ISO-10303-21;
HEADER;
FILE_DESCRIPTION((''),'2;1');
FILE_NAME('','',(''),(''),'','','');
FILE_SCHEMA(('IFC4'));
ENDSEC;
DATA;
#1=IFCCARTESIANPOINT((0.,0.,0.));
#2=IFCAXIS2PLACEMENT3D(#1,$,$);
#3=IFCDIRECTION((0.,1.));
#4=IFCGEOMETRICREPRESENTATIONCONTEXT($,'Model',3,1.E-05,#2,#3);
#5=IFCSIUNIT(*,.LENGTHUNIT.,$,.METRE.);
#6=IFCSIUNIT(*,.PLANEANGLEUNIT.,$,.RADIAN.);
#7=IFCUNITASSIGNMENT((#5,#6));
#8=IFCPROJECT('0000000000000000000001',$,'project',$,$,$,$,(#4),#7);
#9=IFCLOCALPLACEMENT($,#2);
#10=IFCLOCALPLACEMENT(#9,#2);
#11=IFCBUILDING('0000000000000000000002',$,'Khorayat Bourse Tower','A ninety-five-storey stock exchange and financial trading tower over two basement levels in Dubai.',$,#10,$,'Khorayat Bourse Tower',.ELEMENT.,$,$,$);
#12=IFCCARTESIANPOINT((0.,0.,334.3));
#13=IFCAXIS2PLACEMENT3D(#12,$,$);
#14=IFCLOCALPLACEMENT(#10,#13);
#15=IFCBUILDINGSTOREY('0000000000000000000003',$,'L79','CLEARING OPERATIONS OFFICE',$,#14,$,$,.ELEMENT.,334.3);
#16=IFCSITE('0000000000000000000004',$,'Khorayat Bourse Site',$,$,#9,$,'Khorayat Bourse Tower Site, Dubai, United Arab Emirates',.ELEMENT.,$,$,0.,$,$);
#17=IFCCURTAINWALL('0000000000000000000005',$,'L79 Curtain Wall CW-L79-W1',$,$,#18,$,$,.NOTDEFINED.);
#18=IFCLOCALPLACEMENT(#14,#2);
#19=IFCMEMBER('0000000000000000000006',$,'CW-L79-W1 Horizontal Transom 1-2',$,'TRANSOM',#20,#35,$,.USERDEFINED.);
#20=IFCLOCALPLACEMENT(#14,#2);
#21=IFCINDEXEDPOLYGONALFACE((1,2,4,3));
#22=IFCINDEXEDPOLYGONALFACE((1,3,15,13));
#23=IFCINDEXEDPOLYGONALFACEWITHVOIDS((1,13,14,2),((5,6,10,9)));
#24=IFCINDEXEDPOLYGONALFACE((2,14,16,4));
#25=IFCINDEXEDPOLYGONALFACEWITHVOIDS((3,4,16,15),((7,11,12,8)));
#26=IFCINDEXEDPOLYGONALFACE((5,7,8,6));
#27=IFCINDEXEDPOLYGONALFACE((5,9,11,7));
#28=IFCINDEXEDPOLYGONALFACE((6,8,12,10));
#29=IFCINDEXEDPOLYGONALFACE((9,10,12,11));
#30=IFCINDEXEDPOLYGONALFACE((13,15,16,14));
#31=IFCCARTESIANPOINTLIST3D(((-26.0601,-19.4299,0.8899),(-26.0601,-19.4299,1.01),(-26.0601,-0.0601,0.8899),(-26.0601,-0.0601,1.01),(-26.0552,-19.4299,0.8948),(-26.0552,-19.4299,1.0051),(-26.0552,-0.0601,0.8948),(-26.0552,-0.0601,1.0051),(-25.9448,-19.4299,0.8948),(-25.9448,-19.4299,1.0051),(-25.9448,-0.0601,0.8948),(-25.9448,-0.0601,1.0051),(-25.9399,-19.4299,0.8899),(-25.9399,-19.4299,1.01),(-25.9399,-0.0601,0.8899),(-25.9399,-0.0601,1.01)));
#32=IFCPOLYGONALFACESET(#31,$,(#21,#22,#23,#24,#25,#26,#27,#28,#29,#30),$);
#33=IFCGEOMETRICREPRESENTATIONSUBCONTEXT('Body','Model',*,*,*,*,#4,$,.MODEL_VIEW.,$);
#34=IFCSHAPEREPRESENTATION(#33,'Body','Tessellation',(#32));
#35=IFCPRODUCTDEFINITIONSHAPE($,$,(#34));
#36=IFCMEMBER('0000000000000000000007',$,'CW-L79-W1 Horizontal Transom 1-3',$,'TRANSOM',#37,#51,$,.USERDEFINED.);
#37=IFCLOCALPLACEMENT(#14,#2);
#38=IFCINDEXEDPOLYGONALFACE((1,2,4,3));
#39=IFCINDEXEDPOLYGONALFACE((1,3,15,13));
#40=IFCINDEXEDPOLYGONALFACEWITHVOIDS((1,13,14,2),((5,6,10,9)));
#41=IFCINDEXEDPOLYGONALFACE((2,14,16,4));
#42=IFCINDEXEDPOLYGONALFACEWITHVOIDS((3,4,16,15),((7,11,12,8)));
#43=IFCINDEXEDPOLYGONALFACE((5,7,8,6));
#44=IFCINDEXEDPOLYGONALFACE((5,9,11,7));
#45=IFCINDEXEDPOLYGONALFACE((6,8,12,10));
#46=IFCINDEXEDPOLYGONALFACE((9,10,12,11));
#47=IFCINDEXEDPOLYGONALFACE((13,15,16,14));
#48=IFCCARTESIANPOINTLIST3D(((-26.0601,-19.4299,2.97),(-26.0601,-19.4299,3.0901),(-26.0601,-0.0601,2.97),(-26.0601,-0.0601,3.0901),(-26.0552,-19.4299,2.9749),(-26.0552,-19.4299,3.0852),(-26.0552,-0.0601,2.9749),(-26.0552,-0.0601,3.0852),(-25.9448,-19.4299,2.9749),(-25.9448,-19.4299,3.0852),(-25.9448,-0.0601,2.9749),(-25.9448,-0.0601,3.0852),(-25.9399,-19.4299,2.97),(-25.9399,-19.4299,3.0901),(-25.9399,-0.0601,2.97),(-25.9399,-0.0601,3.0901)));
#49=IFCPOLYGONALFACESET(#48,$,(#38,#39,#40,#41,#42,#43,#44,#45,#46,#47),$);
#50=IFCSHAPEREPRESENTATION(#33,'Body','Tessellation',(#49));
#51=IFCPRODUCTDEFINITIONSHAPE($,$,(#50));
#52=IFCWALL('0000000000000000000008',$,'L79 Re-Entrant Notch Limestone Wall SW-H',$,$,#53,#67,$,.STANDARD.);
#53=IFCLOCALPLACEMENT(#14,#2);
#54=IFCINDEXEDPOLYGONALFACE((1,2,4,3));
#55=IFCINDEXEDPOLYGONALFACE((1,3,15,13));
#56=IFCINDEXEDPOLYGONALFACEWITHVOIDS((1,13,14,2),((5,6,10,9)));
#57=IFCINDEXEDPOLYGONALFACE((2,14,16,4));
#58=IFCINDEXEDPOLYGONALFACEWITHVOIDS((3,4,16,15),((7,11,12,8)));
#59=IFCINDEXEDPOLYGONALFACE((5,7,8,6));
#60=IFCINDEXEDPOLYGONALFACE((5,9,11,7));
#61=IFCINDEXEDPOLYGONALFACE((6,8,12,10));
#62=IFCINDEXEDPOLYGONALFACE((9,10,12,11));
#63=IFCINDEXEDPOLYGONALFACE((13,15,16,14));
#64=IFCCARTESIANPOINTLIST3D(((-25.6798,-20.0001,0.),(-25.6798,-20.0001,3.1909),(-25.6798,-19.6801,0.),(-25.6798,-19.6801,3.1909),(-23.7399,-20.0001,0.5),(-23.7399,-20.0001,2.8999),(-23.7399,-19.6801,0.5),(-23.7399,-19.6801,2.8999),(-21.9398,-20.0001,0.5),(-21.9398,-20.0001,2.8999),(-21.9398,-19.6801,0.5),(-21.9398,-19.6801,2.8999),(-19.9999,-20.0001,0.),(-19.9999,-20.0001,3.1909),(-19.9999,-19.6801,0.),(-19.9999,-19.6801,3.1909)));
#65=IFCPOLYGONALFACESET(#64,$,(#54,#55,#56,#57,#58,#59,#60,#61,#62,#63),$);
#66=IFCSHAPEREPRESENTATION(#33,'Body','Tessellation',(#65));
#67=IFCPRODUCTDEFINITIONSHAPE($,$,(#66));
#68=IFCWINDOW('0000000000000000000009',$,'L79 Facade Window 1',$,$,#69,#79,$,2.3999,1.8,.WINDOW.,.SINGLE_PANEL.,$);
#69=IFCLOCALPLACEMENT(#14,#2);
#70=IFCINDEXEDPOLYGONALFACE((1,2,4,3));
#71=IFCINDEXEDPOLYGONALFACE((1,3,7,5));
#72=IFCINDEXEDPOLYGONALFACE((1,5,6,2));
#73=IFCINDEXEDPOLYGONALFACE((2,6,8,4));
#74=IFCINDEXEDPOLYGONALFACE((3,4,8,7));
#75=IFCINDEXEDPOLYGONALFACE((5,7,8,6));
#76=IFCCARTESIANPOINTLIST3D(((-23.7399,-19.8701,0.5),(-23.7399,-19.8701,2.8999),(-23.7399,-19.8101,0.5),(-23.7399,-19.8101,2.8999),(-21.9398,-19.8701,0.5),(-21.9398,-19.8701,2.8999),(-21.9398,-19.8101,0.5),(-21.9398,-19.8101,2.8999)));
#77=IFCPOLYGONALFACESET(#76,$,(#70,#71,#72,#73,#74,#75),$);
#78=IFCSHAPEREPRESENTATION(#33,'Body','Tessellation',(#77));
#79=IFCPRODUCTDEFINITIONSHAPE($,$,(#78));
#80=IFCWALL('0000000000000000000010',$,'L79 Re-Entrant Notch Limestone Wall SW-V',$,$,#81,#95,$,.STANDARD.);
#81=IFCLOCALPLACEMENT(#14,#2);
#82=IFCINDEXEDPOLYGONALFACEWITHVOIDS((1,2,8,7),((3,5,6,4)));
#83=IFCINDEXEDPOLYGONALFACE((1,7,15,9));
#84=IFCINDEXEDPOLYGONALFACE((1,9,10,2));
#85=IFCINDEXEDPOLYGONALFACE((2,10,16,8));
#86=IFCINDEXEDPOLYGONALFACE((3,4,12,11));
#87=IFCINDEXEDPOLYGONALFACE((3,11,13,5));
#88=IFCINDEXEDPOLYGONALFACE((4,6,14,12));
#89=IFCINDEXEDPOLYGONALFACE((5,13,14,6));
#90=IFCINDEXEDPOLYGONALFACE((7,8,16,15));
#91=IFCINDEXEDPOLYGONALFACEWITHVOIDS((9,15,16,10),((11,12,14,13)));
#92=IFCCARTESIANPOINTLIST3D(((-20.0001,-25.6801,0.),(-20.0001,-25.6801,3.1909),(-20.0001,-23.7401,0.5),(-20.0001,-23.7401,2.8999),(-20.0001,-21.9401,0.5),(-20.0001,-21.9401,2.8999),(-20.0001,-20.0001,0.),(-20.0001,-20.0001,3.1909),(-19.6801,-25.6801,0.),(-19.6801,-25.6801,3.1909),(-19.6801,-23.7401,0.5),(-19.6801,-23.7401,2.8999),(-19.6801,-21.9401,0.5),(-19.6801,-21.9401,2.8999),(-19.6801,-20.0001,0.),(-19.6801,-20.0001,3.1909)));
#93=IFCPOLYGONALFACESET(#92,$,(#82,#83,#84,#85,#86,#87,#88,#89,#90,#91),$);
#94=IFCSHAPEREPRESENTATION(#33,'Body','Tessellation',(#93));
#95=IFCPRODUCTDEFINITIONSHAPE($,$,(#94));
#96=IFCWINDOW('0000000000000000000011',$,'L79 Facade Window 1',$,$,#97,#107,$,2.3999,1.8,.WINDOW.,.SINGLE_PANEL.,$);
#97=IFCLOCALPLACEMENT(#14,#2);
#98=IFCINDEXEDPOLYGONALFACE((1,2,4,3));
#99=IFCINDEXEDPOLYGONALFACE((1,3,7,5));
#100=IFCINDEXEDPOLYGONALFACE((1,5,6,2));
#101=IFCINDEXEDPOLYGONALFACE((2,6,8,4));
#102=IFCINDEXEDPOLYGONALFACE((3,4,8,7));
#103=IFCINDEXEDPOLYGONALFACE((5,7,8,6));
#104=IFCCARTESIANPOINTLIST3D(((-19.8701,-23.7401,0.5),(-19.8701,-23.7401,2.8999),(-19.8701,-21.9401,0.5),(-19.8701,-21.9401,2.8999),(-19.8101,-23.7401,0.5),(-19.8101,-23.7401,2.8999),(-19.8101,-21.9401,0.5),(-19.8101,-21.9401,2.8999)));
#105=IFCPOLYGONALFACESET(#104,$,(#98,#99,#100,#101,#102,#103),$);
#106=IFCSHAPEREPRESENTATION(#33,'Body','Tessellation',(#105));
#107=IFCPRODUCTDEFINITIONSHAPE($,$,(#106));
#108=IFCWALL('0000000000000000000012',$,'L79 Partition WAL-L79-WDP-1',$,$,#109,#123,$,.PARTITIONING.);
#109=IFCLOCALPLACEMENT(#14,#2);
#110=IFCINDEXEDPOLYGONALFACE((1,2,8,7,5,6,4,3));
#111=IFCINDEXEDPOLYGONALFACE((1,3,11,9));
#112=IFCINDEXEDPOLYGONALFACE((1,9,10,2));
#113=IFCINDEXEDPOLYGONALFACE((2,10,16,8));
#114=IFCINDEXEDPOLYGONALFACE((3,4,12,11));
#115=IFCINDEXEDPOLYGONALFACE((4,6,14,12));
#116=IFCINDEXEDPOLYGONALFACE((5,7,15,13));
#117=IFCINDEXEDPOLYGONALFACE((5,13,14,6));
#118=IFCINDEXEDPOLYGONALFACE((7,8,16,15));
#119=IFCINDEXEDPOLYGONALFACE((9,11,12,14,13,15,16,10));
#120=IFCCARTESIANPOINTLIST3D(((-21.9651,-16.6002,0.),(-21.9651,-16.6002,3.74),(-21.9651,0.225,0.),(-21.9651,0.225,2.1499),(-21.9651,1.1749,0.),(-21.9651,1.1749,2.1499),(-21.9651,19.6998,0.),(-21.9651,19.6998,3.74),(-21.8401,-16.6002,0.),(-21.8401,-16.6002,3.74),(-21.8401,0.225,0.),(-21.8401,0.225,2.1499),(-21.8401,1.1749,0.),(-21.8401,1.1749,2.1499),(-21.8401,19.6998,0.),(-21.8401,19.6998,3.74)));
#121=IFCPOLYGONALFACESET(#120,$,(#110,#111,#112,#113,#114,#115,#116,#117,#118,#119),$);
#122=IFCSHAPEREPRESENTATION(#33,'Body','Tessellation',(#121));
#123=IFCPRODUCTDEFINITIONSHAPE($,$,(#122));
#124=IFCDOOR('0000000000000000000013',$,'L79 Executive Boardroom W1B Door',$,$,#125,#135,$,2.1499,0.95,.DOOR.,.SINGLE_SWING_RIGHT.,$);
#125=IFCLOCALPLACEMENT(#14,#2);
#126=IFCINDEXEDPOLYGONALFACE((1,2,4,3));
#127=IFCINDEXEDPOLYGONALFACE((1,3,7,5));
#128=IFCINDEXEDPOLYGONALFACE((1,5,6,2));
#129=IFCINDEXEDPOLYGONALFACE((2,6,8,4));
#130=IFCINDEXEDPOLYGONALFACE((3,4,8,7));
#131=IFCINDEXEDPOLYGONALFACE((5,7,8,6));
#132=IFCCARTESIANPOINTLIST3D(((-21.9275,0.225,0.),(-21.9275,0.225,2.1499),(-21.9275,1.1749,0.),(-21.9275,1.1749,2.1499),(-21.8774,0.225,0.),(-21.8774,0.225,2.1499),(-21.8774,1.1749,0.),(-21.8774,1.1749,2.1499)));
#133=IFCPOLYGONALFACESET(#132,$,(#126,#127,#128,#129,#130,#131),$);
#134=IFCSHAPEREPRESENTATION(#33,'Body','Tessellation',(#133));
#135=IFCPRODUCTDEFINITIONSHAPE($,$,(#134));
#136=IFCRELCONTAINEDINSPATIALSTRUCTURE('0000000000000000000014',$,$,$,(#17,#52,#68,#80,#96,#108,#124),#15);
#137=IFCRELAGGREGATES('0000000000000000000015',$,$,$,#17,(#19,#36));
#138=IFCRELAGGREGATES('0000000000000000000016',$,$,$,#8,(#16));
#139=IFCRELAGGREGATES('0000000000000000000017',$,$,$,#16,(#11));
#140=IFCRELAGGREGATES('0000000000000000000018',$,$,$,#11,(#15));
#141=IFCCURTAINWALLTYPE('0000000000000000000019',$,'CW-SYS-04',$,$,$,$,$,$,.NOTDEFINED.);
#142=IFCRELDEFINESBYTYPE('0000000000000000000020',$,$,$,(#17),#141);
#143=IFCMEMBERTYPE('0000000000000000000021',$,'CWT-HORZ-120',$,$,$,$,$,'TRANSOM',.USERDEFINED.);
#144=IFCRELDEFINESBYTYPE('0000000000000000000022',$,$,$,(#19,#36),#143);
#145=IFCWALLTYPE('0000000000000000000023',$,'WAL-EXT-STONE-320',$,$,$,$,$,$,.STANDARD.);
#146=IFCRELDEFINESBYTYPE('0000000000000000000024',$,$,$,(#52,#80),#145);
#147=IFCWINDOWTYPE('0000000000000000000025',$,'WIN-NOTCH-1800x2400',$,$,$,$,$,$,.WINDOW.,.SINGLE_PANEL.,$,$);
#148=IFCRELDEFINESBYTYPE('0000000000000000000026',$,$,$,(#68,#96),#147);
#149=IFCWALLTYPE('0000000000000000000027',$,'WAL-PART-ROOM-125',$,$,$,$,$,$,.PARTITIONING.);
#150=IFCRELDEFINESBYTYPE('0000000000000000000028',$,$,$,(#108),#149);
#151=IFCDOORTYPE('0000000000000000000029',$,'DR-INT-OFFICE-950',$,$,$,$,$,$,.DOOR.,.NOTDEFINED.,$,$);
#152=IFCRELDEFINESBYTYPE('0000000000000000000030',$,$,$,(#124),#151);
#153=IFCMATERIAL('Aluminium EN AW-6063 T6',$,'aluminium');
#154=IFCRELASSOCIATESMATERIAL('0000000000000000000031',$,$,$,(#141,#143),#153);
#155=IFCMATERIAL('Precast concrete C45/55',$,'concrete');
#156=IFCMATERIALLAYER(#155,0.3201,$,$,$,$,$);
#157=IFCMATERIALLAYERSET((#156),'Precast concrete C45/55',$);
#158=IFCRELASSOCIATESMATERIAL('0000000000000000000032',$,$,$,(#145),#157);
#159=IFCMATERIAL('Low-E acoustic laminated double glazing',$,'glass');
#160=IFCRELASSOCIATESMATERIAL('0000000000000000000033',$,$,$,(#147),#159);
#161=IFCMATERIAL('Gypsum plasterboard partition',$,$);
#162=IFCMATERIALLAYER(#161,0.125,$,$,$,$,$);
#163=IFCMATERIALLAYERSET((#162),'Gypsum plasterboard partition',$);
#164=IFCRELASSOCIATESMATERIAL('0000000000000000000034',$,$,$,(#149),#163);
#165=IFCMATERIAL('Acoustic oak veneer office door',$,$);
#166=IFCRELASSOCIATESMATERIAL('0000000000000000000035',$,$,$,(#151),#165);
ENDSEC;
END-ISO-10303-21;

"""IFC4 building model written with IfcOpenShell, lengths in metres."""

from ifc_helpers import new_model, si_unit, direction, frame, frame_2d, origin, origin_2d, place, context, subcontext, project, spatial, rectangle, hollow_rectangle, extrude, source, transform, mapped, material, layer, layer_set, material_profile, profile_set, type_object, element, fill, aggregate, save


model = new_model("IFC4")

# Units and contexts
model_context = context("Model", 3, precision=1e-05, world=origin(), true_north=direction((0.0, 1.0)))
body_context = subcontext(model_context, "Body", "Model", "MODEL_VIEW")
ifc_project = project(units=[si_unit("LENGTHUNIT", "METRE"), si_unit("PLANEANGLEUNIT", "RADIAN")], contexts=[model_context])

# Site, building, storey
site_placement = place(None, origin())
site = spatial("IfcSite", under=ifc_project, at=site_placement, Name="Khorayat Bourse Site", LongName="Khorayat Bourse Tower Site, Dubai, United Arab Emirates", CompositionType="ELEMENT", RefElevation=0.0)
building_placement = place(site_placement, origin())
building = spatial("IfcBuilding", under=site, at=building_placement, Name="Khorayat Bourse Tower", Description="A ninety-five-storey stock exchange and financial trading tower over two basement levels in Dubai.", LongName="Khorayat Bourse Tower", CompositionType="ELEMENT")
storey_placement = place(building_placement, frame((0.0, 0.0, 334.3)))
storey = spatial("IfcBuildingStorey", under=building, at=storey_placement, Name="L79", Description="CLEARING OPERATIONS OFFICE", CompositionType="ELEMENT", Elevation=334.3)

# Shared definitions
ifc_material_1 = material(Name="Aluminium EN AW-6063 T6", Category="aluminium")
curtain_wall_type = type_object("IfcCurtainWallType", Name="CW-SYS-04", PredefinedType="NOTDEFINED", material=ifc_material_1)

# Curtain wall, members
curtain_wall_1_placement = place(storey_placement, origin())
curtain_wall_1 = element("IfcCurtainWall", 1, at=curtain_wall_1_placement, inside=storey, type_object=curtain_wall_type, Name="L79 Curtain Wall CW-L79-W1", PredefinedType="NOTDEFINED")
ifc_material_profile_1 = material_profile(ifc_material_1, hollow_rectangle(XDim=0.1201, YDim=0.1201, WallThickness=0.0049, at=origin_2d()), Name="ALU 120x120x5")
ifc_profile_set_1 = profile_set([ifc_material_profile_1], Name="Aluminium EN AW-6063 T6")
member_type_1 = type_object("IfcMemberType", Name="CWT-HORZ-120", ElementType="TRANSOM", PredefinedType="USERDEFINED", material=ifc_profile_set_1)
shared_shape_1 = source(origin(), body_context, "Body", "SweptSolid", [
    extrude(hollow_rectangle(XDim=0.1201, YDim=0.1201, WallThickness=0.0049, at=origin_2d()), origin(), (0.0, 0.0, 1.0), 19.3699),
])
member_1_placement = place(storey_placement, frame((-26.0, -19.4299, 0.95), z_axis=(0.0, 1.0, 0.0), x_axis=(-1.0, 0.0, 0.0)))
member_1 = element("IfcMember", 2, at=member_1_placement, type_object=member_type_1, Name="CW-L79-W1 Horizontal Transom 1-2", ObjectType="TRANSOM", PredefinedType="USERDEFINED", context=body_context, shape_type="MappedRepresentation", body=[
    mapped(shared_shape_1, transform((0.0, 0.0, 0.0), scale=1.0)),
])
member_2_placement = place(storey_placement, frame((-26.0, -19.4299, 3.03), z_axis=(0.0, 1.0, 0.0), x_axis=(-1.0, 0.0, 0.0)))
member_2 = element("IfcMember", 3, at=member_2_placement, type_object=member_type_1, Name="CW-L79-W1 Horizontal Transom 1-3", ObjectType="TRANSOM", PredefinedType="USERDEFINED", context=body_context, shape_type="MappedRepresentation", body=[
    mapped(shared_shape_1, transform((0.0, 0.0, 0.0), scale=1.0)),
])
aggregate(curtain_wall_1, [member_1, member_2])

# Walls, openings, windows
ifc_material_2 = material(Name="Precast concrete C45/55", Category="concrete")
ifc_layer_1 = layer(ifc_material_2, 0.3201)
ifc_layer_set_1 = layer_set([ifc_layer_1], Name="Precast concrete C45/55")
wall_type_1 = type_object("IfcWallType", Name="WAL-EXT-STONE-320", PredefinedType="STANDARD", material=ifc_layer_set_1)
shared_shape_2 = source(origin(), body_context, "Body", "SweptSolid", [
    extrude(rectangle(XDim=5.6799, YDim=0.3201, at=frame_2d((2.8398, 0.0))), origin(), (0.0, 0.0, 1.0), 3.1909),
])
wall_1_placement = place(storey_placement, frame((-20.0, -19.8401, 0.0), z_axis=(0.0, 0.0, 1.0), x_axis=(-1.0, 0.0, 0.0)))
wall_1 = element("IfcWall", 4, at=wall_1_placement, inside=storey, type_object=wall_type_1, Name="L79 Re-Entrant Notch Limestone Wall SW-H", PredefinedType="STANDARD", context=body_context, shape_type="MappedRepresentation", body=[
    mapped(shared_shape_2, transform((0.0, 0.0, 0.0), scale=1.0)),
])
shared_shape_3 = source(origin(), body_context, "Body", "SweptSolid", [
    extrude(rectangle(XDim=1.8, YDim=2.3999, at=frame_2d((0.8999, 1.2))), frame((0.0, 0.1699, 0.0), z_axis=(0.0, -1.0, 0.0), x_axis=(1.0, 0.0, 0.0)), (0.0, 0.0, 1.0), 0.3401),
])
opening_1_placement = place(wall_1_placement, frame((1.9399, 0.0, 0.5)))
opening_1 = element("IfcOpeningElement", 5, at=opening_1_placement, cuts=wall_1, PredefinedType="OPENING", context=body_context, shape_type="MappedRepresentation", body=[
    mapped(shared_shape_3, transform((0.0, 0.0, 0.0), scale=1.0)),
])
ifc_material_3 = material(Name="Low-E acoustic laminated double glazing", Category="glass")
window_type = type_object("IfcWindowType", Name="WIN-NOTCH-1800x2400", PartitioningType="SINGLE_PANEL", PredefinedType="WINDOW", material=ifc_material_3)
shared_shape_4 = source(origin(), body_context, "Body", "SweptSolid", [
    extrude(rectangle(XDim=1.8, YDim=2.3999, at=frame_2d((0.8999, 1.2))), frame((0.0, 0.03, 0.0), z_axis=(0.0, -1.0, 0.0), x_axis=(1.0, 0.0, 0.0)), (0.0, 0.0, 1.0), 0.0601),
])
window_1_placement = place(opening_1_placement, origin())
window_1 = element("IfcWindow", 6, at=window_1_placement, inside=storey, type_object=window_type, Name="L79 Facade Window 1", OverallHeight=2.3999, OverallWidth=1.8, PartitioningType="SINGLE_PANEL", PredefinedType="WINDOW", context=body_context, shape_type="MappedRepresentation", body=[
    mapped(shared_shape_4, transform((0.0, 0.0, 0.0), scale=1.0)),
])
fill(opening_1, window_1)
wall_2_placement = place(storey_placement, frame((-19.8401, -25.6799, 0.0), z_axis=(0.0, 0.0, 1.0), x_axis=(0.0, 1.0, 0.0)))
wall_2 = element("IfcWall", 7, at=wall_2_placement, inside=storey, type_object=wall_type_1, Name="L79 Re-Entrant Notch Limestone Wall SW-V", PredefinedType="STANDARD", context=body_context, shape_type="MappedRepresentation", body=[
    mapped(shared_shape_2, transform((0.0, 0.0, 0.0), scale=1.0)),
])
opening_2_placement = place(wall_2_placement, frame((1.9399, 0.0, 0.5)))
opening_2 = element("IfcOpeningElement", 8, at=opening_2_placement, cuts=wall_2, PredefinedType="OPENING", context=body_context, shape_type="MappedRepresentation", body=[
    mapped(shared_shape_3, transform((0.0, 0.0, 0.0), scale=1.0)),
])
window_2_placement = place(opening_2_placement, origin())
window_2 = element("IfcWindow", 9, at=window_2_placement, inside=storey, type_object=window_type, Name="L79 Facade Window 1", OverallHeight=2.3999, OverallWidth=1.8, PartitioningType="SINGLE_PANEL", PredefinedType="WINDOW", context=body_context, shape_type="MappedRepresentation", body=[
    mapped(shared_shape_4, transform((0.0, 0.0, 0.0), scale=1.0)),
])
fill(opening_2, window_2)

# Wall, opening, door
ifc_material_4 = material(Name="Gypsum plasterboard partition")
ifc_layer_2 = layer(ifc_material_4, 0.125)
ifc_layer_set_2 = layer_set([ifc_layer_2], Name="Gypsum plasterboard partition")
wall_type_2 = type_object("IfcWallType", Name="WAL-PART-ROOM-125", PredefinedType="PARTITIONING", material=ifc_layer_set_2)
shared_shape_5 = source(origin(), body_context, "Body", "SweptSolid", [
    extrude(rectangle(XDim=36.3, YDim=0.125, at=frame_2d((18.1499, 0.0))), origin(), (0.0, 0.0, 1.0), 3.74),
])
wall_3_placement = place(storey_placement, frame((-21.9026, -16.6001, 0.0), z_axis=(0.0, 0.0, 1.0), x_axis=(0.0, 1.0, 0.0)))
wall_3 = element("IfcWall", 10, at=wall_3_placement, inside=storey, type_object=wall_type_2, Name="L79 Partition WAL-L79-WDP-1", PredefinedType="PARTITIONING", context=body_context, shape_type="MappedRepresentation", body=[
    mapped(shared_shape_5, transform((0.0, 0.0, 0.0), scale=1.0)),
])
shared_shape_6 = source(origin(), body_context, "Body", "SweptSolid", [
    extrude(rectangle(XDim=0.95, YDim=2.1499, at=frame_2d((0.4751, 1.075))), frame((0.0, 0.0725, 0.0), z_axis=(0.0, -1.0, 0.0), x_axis=(1.0, 0.0, 0.0)), (0.0, 0.0, 1.0), 0.145),
])
opening_3_placement = place(wall_3_placement, frame((16.825, 0.0, 0.0)))
opening_3 = element("IfcOpeningElement", 11, at=opening_3_placement, cuts=wall_3, PredefinedType="OPENING", context=body_context, shape_type="MappedRepresentation", body=[
    mapped(shared_shape_6, transform((0.0, 0.0, 0.0), scale=1.0)),
])
ifc_material_5 = material(Name="Acoustic oak veneer office door")
door_type = type_object("IfcDoorType", Name="DR-INT-OFFICE-950", OperationType="NOTDEFINED", PredefinedType="DOOR", material=ifc_material_5)
shared_shape_7 = source(origin(), body_context, "Body", "SweptSolid", [
    extrude(rectangle(XDim=0.95, YDim=2.1499, at=frame_2d((0.4751, 1.075))), frame((0.0, 0.0249, 0.0), z_axis=(0.0, -1.0, 0.0), x_axis=(1.0, 0.0, 0.0)), (0.0, 0.0, 1.0), 0.05),
])
door_placement = place(opening_3_placement, origin())
door = element("IfcDoor", 12, at=door_placement, inside=storey, type_object=door_type, Name="L79 Executive Boardroom W1B Door", OperationType="SINGLE_SWING_RIGHT", OverallHeight=2.1499, OverallWidth=0.95, PredefinedType="DOOR", context=body_context, shape_type="MappedRepresentation", body=[
    mapped(shared_shape_7, transform((0.0, 0.0, 0.0), scale=1.0)),
])
fill(opening_3, door)

save(model, "model.ifc")
